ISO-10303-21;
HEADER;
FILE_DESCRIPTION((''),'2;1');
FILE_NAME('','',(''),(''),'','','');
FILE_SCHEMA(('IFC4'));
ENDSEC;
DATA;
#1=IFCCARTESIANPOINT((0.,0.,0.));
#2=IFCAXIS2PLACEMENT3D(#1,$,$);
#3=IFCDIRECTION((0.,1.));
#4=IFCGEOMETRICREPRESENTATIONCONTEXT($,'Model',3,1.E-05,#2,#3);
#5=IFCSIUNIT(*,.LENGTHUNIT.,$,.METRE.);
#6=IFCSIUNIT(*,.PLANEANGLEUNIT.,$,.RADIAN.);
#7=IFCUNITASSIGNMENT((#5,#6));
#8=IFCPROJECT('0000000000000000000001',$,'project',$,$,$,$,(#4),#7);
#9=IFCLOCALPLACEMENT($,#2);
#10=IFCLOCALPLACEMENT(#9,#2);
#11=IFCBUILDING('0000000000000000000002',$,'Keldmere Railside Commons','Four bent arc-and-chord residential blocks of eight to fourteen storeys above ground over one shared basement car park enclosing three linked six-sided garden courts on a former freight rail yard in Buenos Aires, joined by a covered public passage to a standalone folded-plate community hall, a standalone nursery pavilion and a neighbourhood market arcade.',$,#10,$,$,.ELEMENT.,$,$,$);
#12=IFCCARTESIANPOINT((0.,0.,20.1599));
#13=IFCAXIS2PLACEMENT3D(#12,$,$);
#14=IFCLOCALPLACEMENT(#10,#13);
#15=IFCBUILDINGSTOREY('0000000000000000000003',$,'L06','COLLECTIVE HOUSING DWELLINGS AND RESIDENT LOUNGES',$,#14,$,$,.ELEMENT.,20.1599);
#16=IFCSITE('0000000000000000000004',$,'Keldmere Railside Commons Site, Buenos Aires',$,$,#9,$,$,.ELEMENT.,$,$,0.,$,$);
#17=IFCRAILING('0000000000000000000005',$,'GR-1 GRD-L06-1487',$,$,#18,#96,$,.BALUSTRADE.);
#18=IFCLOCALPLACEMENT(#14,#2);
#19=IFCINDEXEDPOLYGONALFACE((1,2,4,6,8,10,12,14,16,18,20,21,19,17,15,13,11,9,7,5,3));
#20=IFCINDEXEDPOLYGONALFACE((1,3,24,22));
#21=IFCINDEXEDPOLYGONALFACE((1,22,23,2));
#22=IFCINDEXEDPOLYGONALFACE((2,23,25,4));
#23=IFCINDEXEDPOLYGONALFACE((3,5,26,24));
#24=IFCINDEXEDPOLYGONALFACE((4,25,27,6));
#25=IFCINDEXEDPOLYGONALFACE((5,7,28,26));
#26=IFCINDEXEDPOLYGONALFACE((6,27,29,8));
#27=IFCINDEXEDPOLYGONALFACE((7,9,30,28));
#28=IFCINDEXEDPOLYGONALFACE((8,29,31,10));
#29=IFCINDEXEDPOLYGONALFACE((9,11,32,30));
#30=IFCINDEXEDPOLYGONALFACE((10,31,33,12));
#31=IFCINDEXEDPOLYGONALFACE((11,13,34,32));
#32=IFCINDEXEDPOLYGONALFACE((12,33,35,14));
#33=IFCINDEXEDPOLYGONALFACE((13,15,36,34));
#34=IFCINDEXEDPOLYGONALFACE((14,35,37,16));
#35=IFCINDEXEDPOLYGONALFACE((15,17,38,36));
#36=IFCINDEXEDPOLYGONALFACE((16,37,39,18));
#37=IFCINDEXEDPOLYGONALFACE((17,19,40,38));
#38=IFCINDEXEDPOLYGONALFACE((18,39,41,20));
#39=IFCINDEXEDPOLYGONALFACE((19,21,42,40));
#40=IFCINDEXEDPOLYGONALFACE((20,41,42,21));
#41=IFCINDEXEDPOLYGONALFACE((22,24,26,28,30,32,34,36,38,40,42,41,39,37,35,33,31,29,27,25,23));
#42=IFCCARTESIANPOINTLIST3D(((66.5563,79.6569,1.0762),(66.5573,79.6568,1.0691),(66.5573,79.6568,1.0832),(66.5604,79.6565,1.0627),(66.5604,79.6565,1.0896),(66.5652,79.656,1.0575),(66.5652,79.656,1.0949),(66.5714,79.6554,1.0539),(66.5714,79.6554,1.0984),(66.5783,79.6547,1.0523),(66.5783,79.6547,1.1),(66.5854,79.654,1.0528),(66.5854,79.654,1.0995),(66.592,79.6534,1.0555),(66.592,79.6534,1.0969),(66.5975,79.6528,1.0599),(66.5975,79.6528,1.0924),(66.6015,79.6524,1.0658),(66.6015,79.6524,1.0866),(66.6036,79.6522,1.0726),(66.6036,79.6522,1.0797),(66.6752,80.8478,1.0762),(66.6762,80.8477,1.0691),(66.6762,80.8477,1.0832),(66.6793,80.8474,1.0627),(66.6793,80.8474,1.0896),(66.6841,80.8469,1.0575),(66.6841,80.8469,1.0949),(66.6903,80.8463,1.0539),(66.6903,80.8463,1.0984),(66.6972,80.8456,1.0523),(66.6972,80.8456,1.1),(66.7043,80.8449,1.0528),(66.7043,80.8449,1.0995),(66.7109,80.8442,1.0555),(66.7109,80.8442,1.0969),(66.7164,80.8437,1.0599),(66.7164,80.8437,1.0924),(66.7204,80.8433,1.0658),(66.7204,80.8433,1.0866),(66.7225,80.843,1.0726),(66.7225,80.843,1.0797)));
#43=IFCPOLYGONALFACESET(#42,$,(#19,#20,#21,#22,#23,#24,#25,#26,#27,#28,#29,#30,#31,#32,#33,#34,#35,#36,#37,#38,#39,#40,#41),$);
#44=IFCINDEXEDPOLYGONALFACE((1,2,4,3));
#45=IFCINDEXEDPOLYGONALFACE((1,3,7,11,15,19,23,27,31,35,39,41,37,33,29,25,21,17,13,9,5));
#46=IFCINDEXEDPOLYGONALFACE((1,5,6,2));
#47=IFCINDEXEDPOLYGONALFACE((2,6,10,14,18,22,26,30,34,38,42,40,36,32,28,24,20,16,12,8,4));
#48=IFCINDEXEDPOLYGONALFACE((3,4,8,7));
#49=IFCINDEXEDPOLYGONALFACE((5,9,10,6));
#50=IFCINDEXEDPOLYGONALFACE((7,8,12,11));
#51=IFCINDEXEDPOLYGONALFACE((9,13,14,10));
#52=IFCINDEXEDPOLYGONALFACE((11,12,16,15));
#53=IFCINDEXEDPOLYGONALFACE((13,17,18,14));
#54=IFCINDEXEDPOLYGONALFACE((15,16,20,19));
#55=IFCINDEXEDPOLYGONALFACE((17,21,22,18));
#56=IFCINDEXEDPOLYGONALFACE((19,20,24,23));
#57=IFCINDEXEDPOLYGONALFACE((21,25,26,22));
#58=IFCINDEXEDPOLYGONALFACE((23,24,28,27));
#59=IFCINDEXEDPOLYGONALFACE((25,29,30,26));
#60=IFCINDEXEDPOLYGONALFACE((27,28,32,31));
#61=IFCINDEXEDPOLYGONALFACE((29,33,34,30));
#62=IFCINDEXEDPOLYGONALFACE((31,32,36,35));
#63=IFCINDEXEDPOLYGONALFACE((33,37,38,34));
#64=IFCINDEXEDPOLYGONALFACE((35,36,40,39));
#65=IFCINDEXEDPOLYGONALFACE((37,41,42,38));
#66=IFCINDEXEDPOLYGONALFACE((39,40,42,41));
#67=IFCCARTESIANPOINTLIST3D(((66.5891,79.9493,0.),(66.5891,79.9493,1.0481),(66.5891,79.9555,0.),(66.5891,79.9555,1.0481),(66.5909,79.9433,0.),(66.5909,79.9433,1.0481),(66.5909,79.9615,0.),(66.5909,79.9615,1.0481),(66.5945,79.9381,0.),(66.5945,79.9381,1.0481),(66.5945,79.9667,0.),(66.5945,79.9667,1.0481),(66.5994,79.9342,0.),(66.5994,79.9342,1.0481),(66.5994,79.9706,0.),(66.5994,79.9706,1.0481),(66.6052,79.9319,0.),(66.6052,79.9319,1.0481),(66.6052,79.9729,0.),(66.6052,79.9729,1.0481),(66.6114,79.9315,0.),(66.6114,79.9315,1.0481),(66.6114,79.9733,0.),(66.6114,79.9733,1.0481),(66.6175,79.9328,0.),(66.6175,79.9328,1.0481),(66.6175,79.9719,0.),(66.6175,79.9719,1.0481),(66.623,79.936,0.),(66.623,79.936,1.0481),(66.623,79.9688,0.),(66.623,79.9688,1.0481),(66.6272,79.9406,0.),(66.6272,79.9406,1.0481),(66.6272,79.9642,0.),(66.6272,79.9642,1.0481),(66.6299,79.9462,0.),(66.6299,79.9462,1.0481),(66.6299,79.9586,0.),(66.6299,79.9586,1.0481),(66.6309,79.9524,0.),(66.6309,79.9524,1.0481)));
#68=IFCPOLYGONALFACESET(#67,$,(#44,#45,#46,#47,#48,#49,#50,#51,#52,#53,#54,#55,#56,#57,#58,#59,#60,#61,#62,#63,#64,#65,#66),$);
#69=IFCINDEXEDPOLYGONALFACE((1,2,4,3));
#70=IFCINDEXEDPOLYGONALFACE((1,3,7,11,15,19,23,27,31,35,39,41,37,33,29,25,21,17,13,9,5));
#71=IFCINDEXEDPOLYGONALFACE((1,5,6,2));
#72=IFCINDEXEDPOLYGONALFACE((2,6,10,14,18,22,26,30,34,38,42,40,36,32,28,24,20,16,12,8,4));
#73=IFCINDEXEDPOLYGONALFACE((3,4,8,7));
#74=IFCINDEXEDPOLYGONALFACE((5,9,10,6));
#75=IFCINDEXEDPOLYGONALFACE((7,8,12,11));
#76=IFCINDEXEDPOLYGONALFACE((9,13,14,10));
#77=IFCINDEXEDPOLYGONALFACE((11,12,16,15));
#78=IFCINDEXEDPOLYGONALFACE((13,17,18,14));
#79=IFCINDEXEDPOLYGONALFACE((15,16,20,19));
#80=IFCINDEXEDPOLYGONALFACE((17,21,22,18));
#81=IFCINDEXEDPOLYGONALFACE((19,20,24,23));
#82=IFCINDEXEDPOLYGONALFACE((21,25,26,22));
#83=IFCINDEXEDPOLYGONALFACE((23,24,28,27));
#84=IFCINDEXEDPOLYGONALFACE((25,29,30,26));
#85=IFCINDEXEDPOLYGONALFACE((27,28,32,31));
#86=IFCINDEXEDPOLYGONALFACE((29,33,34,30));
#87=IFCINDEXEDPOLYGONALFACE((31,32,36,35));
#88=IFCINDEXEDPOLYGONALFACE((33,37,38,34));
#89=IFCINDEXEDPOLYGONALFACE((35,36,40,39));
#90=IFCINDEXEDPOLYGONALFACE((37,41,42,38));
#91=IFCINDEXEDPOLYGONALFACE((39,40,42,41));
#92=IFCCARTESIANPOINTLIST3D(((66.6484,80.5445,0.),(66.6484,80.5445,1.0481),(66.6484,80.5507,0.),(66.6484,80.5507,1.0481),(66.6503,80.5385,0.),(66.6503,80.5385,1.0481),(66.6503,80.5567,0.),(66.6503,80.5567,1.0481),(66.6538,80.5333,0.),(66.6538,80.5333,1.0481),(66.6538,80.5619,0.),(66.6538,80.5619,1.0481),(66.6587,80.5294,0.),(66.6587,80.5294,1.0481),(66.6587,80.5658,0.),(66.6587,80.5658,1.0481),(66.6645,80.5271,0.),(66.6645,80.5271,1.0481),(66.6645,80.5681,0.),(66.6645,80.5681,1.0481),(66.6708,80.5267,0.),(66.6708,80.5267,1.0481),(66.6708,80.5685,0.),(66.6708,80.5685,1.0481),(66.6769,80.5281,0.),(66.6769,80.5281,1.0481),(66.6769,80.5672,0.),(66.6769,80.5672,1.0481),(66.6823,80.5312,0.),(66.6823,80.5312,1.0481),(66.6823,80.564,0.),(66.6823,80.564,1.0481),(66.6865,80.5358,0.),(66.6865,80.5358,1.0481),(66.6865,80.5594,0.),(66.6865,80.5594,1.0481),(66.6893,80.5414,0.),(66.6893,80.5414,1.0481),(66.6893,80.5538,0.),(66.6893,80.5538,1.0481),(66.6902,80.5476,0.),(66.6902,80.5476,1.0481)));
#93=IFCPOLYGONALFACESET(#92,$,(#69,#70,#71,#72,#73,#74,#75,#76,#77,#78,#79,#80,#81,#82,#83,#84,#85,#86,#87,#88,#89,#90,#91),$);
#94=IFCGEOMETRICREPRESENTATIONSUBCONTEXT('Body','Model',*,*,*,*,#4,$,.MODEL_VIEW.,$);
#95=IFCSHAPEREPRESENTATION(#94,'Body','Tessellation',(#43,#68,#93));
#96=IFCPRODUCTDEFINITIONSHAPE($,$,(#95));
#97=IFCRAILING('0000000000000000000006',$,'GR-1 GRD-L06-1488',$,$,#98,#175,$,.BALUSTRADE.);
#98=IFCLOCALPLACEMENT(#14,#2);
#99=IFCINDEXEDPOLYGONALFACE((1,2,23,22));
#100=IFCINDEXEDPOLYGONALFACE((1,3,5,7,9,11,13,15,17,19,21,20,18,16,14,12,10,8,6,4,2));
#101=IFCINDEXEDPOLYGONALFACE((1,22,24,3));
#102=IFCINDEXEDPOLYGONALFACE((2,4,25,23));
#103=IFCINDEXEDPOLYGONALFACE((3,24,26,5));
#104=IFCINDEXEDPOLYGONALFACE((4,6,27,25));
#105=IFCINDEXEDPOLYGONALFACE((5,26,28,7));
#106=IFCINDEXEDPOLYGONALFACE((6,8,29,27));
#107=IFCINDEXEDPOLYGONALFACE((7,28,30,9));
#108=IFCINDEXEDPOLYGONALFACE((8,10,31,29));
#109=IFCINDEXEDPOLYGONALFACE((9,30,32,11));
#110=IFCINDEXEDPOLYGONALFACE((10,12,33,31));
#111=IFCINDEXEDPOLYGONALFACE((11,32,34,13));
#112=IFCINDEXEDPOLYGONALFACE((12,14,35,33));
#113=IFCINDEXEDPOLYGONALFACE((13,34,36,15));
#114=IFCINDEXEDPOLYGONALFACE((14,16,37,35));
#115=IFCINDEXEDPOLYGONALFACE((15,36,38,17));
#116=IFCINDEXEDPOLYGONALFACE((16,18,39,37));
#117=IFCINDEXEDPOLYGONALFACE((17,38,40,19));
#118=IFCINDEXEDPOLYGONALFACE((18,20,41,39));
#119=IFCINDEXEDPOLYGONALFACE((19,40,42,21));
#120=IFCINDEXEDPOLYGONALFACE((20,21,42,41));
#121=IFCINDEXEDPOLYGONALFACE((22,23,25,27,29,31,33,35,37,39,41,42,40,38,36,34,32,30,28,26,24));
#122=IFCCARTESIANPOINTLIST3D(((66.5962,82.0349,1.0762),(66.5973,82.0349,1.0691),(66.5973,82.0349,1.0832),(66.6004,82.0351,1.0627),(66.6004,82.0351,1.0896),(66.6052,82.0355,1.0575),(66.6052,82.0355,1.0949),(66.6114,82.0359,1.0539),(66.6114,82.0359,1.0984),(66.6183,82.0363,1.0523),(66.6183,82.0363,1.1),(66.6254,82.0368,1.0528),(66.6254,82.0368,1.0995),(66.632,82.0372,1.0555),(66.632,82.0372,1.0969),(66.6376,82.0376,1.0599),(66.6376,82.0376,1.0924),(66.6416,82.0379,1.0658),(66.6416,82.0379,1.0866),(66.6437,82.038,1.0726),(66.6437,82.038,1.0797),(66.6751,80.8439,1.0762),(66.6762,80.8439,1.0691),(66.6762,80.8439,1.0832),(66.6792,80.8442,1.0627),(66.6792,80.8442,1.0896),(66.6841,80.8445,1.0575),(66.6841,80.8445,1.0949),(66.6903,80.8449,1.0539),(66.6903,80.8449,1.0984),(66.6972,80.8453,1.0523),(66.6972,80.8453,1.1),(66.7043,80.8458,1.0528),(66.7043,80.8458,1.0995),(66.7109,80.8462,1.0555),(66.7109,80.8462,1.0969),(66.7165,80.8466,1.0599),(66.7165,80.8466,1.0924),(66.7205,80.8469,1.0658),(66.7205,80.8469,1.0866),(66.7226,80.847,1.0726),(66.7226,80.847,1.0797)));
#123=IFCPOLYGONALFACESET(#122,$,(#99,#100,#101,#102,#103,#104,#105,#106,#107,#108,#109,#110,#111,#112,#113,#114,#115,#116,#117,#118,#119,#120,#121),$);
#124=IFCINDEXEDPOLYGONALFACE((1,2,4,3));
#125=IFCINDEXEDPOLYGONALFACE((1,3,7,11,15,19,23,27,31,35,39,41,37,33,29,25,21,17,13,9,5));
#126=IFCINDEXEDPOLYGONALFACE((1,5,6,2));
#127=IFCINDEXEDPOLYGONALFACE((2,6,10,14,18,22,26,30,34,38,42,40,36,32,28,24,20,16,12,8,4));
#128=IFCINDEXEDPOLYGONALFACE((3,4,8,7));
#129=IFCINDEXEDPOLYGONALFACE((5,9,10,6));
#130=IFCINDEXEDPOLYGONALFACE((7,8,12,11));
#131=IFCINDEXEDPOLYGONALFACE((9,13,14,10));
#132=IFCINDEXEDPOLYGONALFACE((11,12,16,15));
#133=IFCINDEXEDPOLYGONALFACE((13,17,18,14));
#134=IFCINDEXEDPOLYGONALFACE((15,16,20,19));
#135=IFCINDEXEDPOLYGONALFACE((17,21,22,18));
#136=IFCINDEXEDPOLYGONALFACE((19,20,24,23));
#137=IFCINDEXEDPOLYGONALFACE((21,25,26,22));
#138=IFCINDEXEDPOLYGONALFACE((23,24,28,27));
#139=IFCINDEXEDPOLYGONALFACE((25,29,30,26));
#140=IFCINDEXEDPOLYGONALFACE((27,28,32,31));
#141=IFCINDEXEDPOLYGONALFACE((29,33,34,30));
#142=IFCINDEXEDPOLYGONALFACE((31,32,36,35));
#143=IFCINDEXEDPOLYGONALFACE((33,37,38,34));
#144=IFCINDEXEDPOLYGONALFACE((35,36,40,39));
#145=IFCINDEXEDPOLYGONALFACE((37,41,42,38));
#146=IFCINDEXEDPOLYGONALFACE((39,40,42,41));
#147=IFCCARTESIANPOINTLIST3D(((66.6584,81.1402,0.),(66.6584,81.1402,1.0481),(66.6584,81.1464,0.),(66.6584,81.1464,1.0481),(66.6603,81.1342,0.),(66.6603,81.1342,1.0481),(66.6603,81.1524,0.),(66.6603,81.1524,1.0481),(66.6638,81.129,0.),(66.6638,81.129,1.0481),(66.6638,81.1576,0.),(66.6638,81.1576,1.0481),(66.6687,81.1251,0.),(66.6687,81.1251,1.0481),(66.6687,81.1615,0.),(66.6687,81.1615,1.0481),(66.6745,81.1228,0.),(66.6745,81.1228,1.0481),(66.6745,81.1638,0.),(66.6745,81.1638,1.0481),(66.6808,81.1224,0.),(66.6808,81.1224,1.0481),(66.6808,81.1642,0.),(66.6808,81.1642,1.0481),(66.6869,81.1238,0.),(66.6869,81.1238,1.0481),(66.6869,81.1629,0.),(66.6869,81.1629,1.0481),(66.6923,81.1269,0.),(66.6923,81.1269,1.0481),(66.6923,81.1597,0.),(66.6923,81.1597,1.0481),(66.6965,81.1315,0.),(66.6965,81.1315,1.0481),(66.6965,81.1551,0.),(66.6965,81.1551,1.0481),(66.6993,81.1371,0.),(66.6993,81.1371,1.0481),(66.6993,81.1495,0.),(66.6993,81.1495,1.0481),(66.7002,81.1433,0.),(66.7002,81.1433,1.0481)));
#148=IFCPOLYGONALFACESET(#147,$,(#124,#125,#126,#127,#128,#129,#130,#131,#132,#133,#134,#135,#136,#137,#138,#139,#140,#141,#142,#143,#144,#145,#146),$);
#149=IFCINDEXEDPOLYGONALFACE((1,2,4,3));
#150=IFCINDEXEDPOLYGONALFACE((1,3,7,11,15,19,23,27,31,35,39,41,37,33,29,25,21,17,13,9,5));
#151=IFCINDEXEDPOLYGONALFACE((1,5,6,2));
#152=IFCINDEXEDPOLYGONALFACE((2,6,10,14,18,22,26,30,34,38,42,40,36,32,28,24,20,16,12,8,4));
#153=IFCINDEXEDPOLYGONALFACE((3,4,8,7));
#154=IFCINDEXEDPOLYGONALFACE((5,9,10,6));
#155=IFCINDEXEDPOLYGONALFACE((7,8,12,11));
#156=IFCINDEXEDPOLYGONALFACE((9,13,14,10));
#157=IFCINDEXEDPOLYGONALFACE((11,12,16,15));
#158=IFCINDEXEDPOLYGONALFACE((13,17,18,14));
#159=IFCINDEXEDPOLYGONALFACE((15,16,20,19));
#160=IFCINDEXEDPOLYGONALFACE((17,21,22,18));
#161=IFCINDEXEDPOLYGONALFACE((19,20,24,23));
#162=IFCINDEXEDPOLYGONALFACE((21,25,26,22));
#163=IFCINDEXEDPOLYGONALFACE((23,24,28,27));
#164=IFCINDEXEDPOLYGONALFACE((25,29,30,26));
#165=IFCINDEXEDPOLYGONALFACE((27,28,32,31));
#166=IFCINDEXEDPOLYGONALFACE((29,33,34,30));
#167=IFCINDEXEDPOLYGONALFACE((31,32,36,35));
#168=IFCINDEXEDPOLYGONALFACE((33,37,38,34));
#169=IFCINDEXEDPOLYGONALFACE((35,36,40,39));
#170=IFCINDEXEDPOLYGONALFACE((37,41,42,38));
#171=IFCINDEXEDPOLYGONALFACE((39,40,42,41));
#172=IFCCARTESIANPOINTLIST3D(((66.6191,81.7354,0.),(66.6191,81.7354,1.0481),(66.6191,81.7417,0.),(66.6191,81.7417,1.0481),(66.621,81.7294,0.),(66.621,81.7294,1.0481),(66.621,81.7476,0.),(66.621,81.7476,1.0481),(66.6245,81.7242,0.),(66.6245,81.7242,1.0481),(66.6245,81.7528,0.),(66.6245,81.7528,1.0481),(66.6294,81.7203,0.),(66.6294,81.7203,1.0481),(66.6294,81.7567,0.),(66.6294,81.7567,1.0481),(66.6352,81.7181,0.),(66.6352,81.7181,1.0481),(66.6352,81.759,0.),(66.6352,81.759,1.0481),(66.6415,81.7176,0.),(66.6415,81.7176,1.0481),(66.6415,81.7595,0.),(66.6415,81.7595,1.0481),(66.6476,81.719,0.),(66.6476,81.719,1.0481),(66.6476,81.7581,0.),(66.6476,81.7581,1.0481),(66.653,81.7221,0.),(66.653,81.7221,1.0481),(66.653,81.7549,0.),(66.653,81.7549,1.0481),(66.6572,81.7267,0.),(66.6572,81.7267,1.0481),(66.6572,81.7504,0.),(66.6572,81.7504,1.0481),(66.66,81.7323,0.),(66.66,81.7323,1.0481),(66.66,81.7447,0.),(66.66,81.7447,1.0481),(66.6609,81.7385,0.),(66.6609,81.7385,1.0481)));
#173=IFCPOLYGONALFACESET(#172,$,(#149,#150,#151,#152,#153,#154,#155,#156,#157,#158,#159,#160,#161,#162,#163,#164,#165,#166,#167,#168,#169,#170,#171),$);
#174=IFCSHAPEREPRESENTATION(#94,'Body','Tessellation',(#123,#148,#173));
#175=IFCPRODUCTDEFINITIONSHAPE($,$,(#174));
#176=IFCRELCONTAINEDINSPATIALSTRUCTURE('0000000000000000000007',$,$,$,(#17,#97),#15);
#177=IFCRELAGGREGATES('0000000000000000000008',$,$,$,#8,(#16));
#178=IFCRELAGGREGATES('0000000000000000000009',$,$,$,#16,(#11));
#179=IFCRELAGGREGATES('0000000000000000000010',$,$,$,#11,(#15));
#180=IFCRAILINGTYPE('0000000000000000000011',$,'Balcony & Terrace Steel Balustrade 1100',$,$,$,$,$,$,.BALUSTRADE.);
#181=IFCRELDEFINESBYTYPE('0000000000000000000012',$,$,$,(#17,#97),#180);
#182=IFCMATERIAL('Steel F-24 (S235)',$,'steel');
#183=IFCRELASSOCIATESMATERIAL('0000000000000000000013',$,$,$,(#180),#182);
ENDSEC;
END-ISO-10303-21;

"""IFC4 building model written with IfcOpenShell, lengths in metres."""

from ifc_helpers import new_model, si_unit, direction, frame, origin, origin_2d, place, context, subcontext, project, spatial, circle, extrude, material, type_object, element, save


model = new_model("IFC4")

# Units and contexts
model_context = context("Model", 3, precision=1e-05, world=origin(), true_north=direction((0.0, 1.0)))
body_context = subcontext(model_context, "Body", "Model", "MODEL_VIEW")
ifc_project = project(units=[si_unit("LENGTHUNIT", "METRE"), si_unit("PLANEANGLEUNIT", "RADIAN")], contexts=[model_context])

# Site, building, storey
site_placement = place(None, origin())
site = spatial("IfcSite", under=ifc_project, at=site_placement, Name="Keldmere Railside Commons Site, Buenos Aires", CompositionType="ELEMENT", RefElevation=0.0)
building_placement = place(site_placement, origin())
building = spatial("IfcBuilding", under=site, at=building_placement, Name="Keldmere Railside Commons", Description="Four bent arc-and-chord residential blocks of eight to fourteen storeys above ground over one shared basement car park enclosing three linked six-sided garden courts on a former freight rail yard in Buenos Aires, joined by a covered public passage to a standalone folded-plate community hall, a standalone nursery pavilion and a neighbourhood market arcade.", CompositionType="ELEMENT")
storey_placement = place(building_placement, frame((0.0, 0.0, 20.1599)))
storey = spatial("IfcBuildingStorey", under=building, at=storey_placement, Name="L06", Description="COLLECTIVE HOUSING DWELLINGS AND RESIDENT LOUNGES", CompositionType="ELEMENT", Elevation=20.1599)

# Railings
ifc_material_1 = material(Name="Steel F-24 (S235)", Category="steel")
railing_type = type_object("IfcRailingType", Name="Balcony & Terrace Steel Balustrade 1100", PredefinedType="BALUSTRADE", material=ifc_material_1)
railing_1_placement = place(storey_placement, frame((66.5801, 79.6545, 0.0)))
element("IfcRailing", 1, at=railing_1_placement, inside=storey, type_object=railing_type, Name="GR-1 GRD-L06-1487", PredefinedType="BALUSTRADE", context=body_context, shape_type="SweptSolid", body=[
    extrude(circle(Radius=0.0239, at=origin_2d()), frame((0.0, 0.0, 1.0762), z_axis=(0.099342, 0.995053, 0.0), x_axis=(-0.995053, 0.099342, 0.0)), (0.0, 0.0, 1.0), 1.1968),
    extrude(circle(Radius=0.021, at=origin_2d()), frame((0.0298, 0.2979, 0.0)), (0.0, 0.0, 1.0), 1.0481),
    extrude(circle(Radius=0.021, at=origin_2d()), frame((0.0891, 0.8931, 0.0)), (0.0, 0.0, 1.0), 1.0481),
])
railing_2_placement = place(storey_placement, frame((66.699, 80.8455, 0.0)))
element("IfcRailing", 2, at=railing_2_placement, inside=storey, type_object=railing_type, Name="GR-1 GRD-L06-1488", PredefinedType="BALUSTRADE", context=body_context, shape_type="SweptSolid", body=[
    extrude(circle(Radius=0.0239, at=origin_2d()), frame((0.0, 0.0, 1.0762), z_axis=(-0.066071, 0.997815, 0.0), x_axis=(-0.997815, -0.066071, 0.0)), (0.0, 0.0, 1.0), 1.1936),
    extrude(circle(Radius=0.021, at=origin_2d()), frame((-0.0198, 0.2979, 0.0)), (0.0, 0.0, 1.0), 1.0481),
    extrude(circle(Radius=0.021, at=origin_2d()), frame((-0.0591, 0.8931, 0.0)), (0.0, 0.0, 1.0), 1.0481),
])

save(model, "model.ifc")
